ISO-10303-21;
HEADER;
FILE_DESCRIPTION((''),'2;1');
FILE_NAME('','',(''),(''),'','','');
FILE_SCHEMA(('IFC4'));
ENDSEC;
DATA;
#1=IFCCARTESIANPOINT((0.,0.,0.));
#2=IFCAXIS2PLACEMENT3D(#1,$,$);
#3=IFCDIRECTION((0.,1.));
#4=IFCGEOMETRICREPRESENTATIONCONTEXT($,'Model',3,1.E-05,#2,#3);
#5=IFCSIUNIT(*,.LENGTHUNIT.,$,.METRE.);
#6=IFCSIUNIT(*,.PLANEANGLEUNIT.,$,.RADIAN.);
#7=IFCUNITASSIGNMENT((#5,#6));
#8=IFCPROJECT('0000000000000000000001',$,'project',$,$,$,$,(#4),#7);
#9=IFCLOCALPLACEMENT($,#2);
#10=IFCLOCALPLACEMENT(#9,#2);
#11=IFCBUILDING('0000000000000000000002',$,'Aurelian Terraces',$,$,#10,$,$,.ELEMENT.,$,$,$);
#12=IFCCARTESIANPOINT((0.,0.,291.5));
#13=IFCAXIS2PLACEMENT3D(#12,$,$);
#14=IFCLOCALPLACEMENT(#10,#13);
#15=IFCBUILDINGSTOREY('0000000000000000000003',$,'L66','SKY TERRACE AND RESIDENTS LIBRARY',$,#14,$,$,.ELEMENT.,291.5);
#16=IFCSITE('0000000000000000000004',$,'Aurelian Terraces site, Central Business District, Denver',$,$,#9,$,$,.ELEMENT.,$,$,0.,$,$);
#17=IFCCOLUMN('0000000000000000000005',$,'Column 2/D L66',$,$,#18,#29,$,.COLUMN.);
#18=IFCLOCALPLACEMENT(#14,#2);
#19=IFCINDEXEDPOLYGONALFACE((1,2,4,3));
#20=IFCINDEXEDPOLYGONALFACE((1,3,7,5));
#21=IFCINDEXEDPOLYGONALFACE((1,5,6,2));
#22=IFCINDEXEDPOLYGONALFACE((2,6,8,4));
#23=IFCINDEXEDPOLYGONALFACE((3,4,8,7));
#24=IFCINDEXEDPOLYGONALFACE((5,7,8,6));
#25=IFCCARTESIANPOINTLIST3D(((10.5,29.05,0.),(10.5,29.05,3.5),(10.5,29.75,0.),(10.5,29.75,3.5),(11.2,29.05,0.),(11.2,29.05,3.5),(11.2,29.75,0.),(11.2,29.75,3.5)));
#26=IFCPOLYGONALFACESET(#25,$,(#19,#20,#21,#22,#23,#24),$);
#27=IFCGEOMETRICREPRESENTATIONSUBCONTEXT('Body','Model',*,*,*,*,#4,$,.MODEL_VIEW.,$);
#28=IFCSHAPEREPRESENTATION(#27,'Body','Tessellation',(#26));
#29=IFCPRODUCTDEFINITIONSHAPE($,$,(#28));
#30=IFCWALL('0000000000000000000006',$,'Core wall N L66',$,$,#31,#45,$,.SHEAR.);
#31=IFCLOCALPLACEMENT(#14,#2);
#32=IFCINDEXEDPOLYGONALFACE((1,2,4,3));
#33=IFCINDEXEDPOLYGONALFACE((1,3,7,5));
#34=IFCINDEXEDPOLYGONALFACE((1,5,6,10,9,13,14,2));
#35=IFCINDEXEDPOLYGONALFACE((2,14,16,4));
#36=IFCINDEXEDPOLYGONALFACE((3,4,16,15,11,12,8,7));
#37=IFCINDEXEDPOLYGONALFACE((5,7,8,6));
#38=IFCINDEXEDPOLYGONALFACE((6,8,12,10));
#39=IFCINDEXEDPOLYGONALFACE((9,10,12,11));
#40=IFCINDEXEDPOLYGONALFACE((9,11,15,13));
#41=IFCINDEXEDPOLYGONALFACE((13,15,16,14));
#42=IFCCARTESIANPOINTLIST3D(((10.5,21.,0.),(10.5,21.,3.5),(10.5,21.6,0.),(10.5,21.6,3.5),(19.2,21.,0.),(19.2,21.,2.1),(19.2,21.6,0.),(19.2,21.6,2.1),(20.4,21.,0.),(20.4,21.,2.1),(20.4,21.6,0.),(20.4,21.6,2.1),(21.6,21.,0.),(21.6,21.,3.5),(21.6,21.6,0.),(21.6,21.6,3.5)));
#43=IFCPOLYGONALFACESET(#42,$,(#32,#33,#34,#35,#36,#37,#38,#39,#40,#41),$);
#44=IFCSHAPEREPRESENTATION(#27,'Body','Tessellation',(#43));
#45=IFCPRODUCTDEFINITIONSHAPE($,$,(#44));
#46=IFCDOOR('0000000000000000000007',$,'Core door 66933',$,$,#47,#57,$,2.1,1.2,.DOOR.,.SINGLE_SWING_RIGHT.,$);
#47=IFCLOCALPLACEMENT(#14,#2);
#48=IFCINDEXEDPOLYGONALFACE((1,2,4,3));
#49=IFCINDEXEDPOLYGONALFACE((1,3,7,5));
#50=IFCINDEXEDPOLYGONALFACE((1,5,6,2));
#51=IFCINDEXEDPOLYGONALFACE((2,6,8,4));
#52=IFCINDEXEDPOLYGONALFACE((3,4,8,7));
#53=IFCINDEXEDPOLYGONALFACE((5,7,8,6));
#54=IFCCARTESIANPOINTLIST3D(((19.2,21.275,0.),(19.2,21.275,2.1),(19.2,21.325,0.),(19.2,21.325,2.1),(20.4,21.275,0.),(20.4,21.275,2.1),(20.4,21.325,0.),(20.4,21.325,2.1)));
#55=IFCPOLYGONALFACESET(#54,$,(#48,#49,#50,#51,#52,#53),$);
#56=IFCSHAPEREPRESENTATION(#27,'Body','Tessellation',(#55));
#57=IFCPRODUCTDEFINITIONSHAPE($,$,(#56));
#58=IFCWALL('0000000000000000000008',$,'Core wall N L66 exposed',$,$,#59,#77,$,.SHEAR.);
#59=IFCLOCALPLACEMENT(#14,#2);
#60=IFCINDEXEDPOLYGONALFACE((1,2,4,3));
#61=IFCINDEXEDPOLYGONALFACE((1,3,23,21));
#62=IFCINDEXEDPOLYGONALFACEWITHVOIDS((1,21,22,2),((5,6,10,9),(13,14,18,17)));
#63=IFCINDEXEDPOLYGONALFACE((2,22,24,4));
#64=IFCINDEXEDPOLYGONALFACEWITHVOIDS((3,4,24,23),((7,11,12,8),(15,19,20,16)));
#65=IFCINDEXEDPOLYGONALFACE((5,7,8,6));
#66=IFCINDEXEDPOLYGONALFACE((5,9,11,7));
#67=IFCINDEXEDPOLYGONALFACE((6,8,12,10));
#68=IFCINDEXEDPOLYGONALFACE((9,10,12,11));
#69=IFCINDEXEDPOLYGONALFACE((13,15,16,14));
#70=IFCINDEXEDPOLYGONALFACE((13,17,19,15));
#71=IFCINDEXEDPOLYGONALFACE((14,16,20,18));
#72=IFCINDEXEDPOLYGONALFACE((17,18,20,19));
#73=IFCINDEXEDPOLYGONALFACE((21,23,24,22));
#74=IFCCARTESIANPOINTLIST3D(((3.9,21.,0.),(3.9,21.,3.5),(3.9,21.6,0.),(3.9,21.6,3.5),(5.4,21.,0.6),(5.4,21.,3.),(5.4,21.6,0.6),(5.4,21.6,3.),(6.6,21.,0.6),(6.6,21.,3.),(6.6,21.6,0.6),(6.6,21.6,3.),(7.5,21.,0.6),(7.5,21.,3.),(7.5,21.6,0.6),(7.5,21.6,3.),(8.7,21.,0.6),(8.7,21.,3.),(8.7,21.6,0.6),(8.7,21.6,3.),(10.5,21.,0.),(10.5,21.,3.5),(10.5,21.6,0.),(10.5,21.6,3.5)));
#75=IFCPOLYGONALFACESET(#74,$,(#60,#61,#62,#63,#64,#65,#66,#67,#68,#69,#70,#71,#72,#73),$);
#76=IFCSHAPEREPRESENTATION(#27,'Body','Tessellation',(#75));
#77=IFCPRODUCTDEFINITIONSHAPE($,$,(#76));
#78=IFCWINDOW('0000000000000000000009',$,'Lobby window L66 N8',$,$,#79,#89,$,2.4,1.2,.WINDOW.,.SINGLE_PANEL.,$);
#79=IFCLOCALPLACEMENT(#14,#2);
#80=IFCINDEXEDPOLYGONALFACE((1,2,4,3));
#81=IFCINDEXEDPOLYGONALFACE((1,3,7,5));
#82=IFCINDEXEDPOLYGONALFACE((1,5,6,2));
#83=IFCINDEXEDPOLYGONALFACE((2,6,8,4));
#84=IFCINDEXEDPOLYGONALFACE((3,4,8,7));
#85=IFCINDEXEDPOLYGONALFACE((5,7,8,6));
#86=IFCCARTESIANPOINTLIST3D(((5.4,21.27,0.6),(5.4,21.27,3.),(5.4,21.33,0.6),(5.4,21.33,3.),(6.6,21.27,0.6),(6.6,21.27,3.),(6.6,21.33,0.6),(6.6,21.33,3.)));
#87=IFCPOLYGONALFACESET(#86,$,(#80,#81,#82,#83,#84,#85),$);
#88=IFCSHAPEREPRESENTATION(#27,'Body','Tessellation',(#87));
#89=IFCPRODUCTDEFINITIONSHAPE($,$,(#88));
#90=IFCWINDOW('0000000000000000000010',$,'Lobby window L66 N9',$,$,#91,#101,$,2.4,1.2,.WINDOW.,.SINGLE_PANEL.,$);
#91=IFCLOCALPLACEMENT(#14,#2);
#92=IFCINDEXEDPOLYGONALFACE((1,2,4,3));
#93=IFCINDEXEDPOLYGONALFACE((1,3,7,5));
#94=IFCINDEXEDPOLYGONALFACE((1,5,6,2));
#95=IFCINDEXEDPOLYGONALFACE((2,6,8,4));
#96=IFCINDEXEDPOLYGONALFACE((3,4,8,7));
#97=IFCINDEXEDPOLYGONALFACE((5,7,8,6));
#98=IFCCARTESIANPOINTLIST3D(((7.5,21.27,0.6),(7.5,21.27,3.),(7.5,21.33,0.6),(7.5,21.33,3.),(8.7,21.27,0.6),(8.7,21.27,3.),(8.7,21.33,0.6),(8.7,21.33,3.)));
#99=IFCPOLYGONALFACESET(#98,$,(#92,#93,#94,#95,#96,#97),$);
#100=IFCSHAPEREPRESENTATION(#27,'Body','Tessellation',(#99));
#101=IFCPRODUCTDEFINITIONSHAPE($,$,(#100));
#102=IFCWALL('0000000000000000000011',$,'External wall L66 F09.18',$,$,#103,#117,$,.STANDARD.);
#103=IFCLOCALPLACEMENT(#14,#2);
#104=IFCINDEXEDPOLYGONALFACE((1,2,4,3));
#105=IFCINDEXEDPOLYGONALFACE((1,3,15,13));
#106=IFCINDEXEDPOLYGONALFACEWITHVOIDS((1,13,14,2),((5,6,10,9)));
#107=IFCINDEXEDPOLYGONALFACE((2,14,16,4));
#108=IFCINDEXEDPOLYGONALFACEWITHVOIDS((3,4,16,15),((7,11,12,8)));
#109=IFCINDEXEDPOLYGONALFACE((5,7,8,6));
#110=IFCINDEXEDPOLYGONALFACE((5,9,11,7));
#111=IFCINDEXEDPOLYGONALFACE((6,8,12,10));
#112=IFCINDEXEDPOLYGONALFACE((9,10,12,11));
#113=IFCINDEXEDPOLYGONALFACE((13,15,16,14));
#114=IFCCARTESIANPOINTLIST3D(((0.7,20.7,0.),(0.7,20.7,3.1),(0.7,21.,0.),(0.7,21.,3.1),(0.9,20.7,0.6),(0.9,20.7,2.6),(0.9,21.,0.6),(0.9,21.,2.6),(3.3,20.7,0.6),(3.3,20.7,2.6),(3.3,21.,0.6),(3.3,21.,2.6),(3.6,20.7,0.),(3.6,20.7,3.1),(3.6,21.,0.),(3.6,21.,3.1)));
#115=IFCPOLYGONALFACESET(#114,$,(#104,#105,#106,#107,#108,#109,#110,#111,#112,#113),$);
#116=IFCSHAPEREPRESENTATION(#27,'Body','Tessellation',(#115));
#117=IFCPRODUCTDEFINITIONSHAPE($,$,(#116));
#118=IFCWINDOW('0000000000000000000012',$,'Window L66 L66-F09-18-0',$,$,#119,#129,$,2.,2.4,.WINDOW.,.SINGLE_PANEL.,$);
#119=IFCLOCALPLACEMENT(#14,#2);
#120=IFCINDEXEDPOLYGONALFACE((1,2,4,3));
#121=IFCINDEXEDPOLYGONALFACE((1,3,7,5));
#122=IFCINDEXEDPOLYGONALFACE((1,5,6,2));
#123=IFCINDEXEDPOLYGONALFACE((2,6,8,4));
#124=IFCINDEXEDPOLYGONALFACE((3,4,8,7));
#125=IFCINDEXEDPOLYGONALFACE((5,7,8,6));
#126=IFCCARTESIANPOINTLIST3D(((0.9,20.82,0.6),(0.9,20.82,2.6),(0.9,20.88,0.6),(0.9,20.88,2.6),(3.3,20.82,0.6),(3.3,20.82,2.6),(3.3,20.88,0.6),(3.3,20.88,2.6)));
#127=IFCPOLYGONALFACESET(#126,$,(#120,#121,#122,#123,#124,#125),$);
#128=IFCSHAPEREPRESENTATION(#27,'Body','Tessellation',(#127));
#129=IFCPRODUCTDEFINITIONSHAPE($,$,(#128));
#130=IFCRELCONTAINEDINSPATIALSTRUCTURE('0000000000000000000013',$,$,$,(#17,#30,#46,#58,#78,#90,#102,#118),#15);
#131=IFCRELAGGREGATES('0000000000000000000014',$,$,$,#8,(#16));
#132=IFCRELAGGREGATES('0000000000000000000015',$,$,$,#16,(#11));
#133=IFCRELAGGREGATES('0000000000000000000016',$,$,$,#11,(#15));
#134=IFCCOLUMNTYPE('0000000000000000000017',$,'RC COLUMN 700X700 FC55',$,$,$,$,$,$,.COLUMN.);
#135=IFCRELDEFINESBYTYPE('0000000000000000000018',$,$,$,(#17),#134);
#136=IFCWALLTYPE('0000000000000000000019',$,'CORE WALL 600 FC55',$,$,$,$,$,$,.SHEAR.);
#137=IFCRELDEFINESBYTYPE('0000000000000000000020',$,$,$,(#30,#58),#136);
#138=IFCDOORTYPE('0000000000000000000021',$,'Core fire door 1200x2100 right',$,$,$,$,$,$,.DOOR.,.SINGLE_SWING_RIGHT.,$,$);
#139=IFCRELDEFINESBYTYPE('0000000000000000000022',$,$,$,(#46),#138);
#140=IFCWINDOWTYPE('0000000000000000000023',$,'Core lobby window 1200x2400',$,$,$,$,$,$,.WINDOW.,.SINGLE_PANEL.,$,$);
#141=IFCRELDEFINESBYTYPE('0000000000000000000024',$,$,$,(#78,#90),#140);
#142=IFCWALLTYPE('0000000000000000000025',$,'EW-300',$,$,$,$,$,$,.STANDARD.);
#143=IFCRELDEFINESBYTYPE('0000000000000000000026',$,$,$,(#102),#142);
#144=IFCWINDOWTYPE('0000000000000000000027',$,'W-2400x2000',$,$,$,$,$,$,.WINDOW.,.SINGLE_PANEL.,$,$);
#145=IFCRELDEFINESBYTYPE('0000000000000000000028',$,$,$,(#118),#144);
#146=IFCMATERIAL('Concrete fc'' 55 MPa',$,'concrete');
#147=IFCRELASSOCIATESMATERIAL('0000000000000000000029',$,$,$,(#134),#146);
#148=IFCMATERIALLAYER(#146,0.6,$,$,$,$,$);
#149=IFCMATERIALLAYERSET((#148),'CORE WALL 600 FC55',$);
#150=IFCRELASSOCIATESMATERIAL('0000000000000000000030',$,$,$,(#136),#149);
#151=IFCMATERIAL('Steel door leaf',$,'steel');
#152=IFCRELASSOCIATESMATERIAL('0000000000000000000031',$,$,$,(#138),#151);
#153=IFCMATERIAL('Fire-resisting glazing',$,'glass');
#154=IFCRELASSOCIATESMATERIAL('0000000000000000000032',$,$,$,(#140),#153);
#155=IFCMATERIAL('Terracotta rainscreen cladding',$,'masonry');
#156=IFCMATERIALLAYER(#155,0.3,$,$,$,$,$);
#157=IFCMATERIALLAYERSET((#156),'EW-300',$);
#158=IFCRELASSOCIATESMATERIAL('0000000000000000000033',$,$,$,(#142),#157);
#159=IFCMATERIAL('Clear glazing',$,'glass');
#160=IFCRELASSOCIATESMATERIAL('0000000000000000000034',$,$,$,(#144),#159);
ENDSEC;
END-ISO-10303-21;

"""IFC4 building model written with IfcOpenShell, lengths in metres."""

from ifc_helpers import new_model, si_unit, direction, frame, frame_2d, origin, origin_2d, place, context, subcontext, project, spatial, rectangle, extrude, source, transform, mapped, material, layer, layer_set, material_profile, profile_set, type_object, element, fill, save


model = new_model("IFC4")

# Units and contexts
model_context = context("Model", 3, precision=1e-05, world=origin(), true_north=direction((0.0, 1.0)))
body_context = subcontext(model_context, "Body", "Model", "MODEL_VIEW")
ifc_project = project(units=[si_unit("LENGTHUNIT", "METRE"), si_unit("PLANEANGLEUNIT", "RADIAN")], contexts=[model_context])

# Site, building, storey
site_placement = place(None, origin())
site = spatial("IfcSite", under=ifc_project, at=site_placement, Name="Aurelian Terraces site, Central Business District, Denver", CompositionType="ELEMENT", RefElevation=0.0)
building_placement = place(site_placement, origin())
building = spatial("IfcBuilding", under=site, at=building_placement, Name="Aurelian Terraces", CompositionType="ELEMENT")
storey_placement = place(building_placement, frame((0.0, 0.0, 291.5)))
storey = spatial("IfcBuildingStorey", under=building, at=storey_placement, Name="L66", Description="SKY TERRACE AND RESIDENTS LIBRARY", CompositionType="ELEMENT", Elevation=291.5)

# Column
ifc_material_1 = material(Name="Concrete fc' 55 MPa", Category="concrete")
ifc_material_profile = material_profile(ifc_material_1, rectangle(XDim=0.7, YDim=0.7, at=origin_2d()))
ifc_profile_set = profile_set([ifc_material_profile], Name="Concrete fc' 55 MPa")
column_type = type_object("IfcColumnType", Name="RC COLUMN 700X700 FC55", PredefinedType="COLUMN", material=ifc_profile_set)
shared_shape_1 = source(origin(), body_context, "Body", "SweptSolid", [
    extrude(rectangle(XDim=0.7, YDim=0.7, at=origin_2d()), origin(), (0.0, 0.0, 1.0), 3.5),
])
column_placement = place(storey_placement, frame((10.85, 29.4, 0.0), z_axis=(0.0, 0.0, 1.0), x_axis=(1.0, 0.0, 0.0)))
element("IfcColumn", 1, at=column_placement, inside=storey, type_object=column_type, Name="Column 2/D L66", PredefinedType="COLUMN", context=body_context, shape_type="MappedRepresentation", body=[
    mapped(shared_shape_1, transform((0.0, 0.0, 0.0), scale=1.0)),
])

# Wall, opening, door
ifc_layer_1 = layer(ifc_material_1, 0.6)
ifc_layer_set_1 = layer_set([ifc_layer_1], Name="CORE WALL 600 FC55")
wall_type_1 = type_object("IfcWallType", Name="CORE WALL 600 FC55", PredefinedType="SHEAR", material=ifc_layer_set_1)
shared_shape_2 = source(origin(), body_context, "Body", "SweptSolid", [
    extrude(rectangle(XDim=11.1, YDim=0.6, at=frame_2d((5.55, 0.0))), origin(), (0.0, 0.0, 1.0), 3.5),
])
wall_1_placement = place(storey_placement, frame((10.5, 21.3, 0.0), z_axis=(0.0, 0.0, 1.0), x_axis=(1.0, 0.0, 0.0)))
wall_1 = element("IfcWall", 2, at=wall_1_placement, inside=storey, type_object=wall_type_1, Name="Core wall N L66", PredefinedType="SHEAR", context=body_context, shape_type="MappedRepresentation", body=[
    mapped(shared_shape_2, transform((0.0, 0.0, 0.0), scale=1.0)),
])
shared_shape_3 = source(origin(), body_context, "Body", "SweptSolid", [
    extrude(rectangle(XDim=1.2, YDim=2.1, at=frame_2d((0.6, 1.05))), frame((0.0, 0.31, 0.0), z_axis=(0.0, -1.0, 0.0), x_axis=(1.0, 0.0, 0.0)), (0.0, 0.0, 1.0), 0.62),
])
opening_1_placement = place(wall_1_placement, frame((8.7, 0.0, 0.0)))
opening_1 = element("IfcOpeningElement", 3, at=opening_1_placement, cuts=wall_1, PredefinedType="OPENING", context=body_context, shape_type="MappedRepresentation", body=[
    mapped(shared_shape_3, transform((0.0, 0.0, 0.0), scale=1.0)),
])
ifc_material_2 = material(Name="Steel door leaf", Category="steel")
door_type = type_object("IfcDoorType", Name="Core fire door 1200x2100 right", OperationType="SINGLE_SWING_RIGHT", PredefinedType="DOOR", material=ifc_material_2)
shared_shape_4 = source(origin(), body_context, "Body", "SweptSolid", [
    extrude(rectangle(XDim=1.2, YDim=2.1, at=frame_2d((0.6, 1.05))), frame((0.0, 0.025, 0.0), z_axis=(0.0, -1.0, 0.0), x_axis=(1.0, 0.0, 0.0)), (0.0, 0.0, 1.0), 0.05),
])
door_placement = place(opening_1_placement, origin())
door = element("IfcDoor", 4, at=door_placement, inside=storey, type_object=door_type, Name="Core door 66933", OperationType="SINGLE_SWING_RIGHT", OverallHeight=2.1, OverallWidth=1.2, PredefinedType="DOOR", context=body_context, shape_type="MappedRepresentation", body=[
    mapped(shared_shape_4, transform((0.0, 0.0, 0.0), scale=1.0)),
])
fill(opening_1, door)

# Wall, openings, windows
shared_shape_5 = source(origin(), body_context, "Body", "SweptSolid", [
    extrude(rectangle(XDim=6.6, YDim=0.6, at=frame_2d((3.3, 0.0))), origin(), (0.0, 0.0, 1.0), 3.5),
])
wall_2_placement = place(storey_placement, frame((3.9, 21.3, 0.0), z_axis=(0.0, 0.0, 1.0), x_axis=(1.0, 0.0, 0.0)))
wall_2 = element("IfcWall", 5, at=wall_2_placement, inside=storey, type_object=wall_type_1, Name="Core wall N L66 exposed", PredefinedType="SHEAR", context=body_context, shape_type="MappedRepresentation", body=[
    mapped(shared_shape_5, transform((0.0, 0.0, 0.0), scale=1.0)),
])
shared_shape_6 = source(origin(), body_context, "Body", "SweptSolid", [
    extrude(rectangle(XDim=1.2, YDim=2.4, at=frame_2d((0.6, 1.2))), frame((0.0, 0.31, 0.0), z_axis=(0.0, -1.0, 0.0), x_axis=(1.0, 0.0, 0.0)), (0.0, 0.0, 1.0), 0.62),
])
opening_2_placement = place(wall_2_placement, frame((1.5, 0.0, 0.6)))
opening_2 = element("IfcOpeningElement", 6, at=opening_2_placement, cuts=wall_2, PredefinedType="OPENING", context=body_context, shape_type="MappedRepresentation", body=[
    mapped(shared_shape_6, transform((0.0, 0.0, 0.0), scale=1.0)),
])
opening_3_placement = place(wall_2_placement, frame((3.6, 0.0, 0.6)))
opening_3 = element("IfcOpeningElement", 7, at=opening_3_placement, cuts=wall_2, PredefinedType="OPENING", context=body_context, shape_type="MappedRepresentation", body=[
    mapped(shared_shape_6, transform((0.0, 0.0, 0.0), scale=1.0)),
])
ifc_material_3 = material(Name="Fire-resisting glazing", Category="glass")
window_type_1 = type_object("IfcWindowType", Name="Core lobby window 1200x2400", PartitioningType="SINGLE_PANEL", PredefinedType="WINDOW", material=ifc_material_3)
shared_shape_7 = source(origin(), body_context, "Body", "SweptSolid", [
    extrude(rectangle(XDim=1.2, YDim=2.4, at=frame_2d((0.6, 1.2))), frame((0.0, 0.03, 0.0), z_axis=(0.0, -1.0, 0.0), x_axis=(1.0, 0.0, 0.0)), (0.0, 0.0, 1.0), 0.06),
])
window_1_placement = place(opening_2_placement, origin())
window_1 = element("IfcWindow", 8, at=window_1_placement, inside=storey, type_object=window_type_1, Name="Lobby window L66 N8", OverallHeight=2.4, OverallWidth=1.2, PartitioningType="SINGLE_PANEL", PredefinedType="WINDOW", context=body_context, shape_type="MappedRepresentation", body=[
    mapped(shared_shape_7, transform((0.0, 0.0, 0.0), scale=1.0)),
])
fill(opening_2, window_1)
window_2_placement = place(opening_3_placement, origin())
window_2 = element("IfcWindow", 9, at=window_2_placement, inside=storey, type_object=window_type_1, Name="Lobby window L66 N9", OverallHeight=2.4, OverallWidth=1.2, PartitioningType="SINGLE_PANEL", PredefinedType="WINDOW", context=body_context, shape_type="MappedRepresentation", body=[
    mapped(shared_shape_7, transform((0.0, 0.0, 0.0), scale=1.0)),
])
fill(opening_3, window_2)

# Wall, opening, window
ifc_material_4 = material(Name="Terracotta rainscreen cladding", Category="masonry")
ifc_layer_2 = layer(ifc_material_4, 0.3)
ifc_layer_set_2 = layer_set([ifc_layer_2], Name="EW-300")
wall_type_2 = type_object("IfcWallType", Name="EW-300", PredefinedType="STANDARD", material=ifc_layer_set_2)
shared_shape_8 = source(origin(), body_context, "Body", "SweptSolid", [
    extrude(rectangle(XDim=2.9, YDim=0.3, at=frame_2d((1.45, 0.0))), origin(), (0.0, 0.0, 1.0), 3.1),
])
wall_3_placement = place(storey_placement, frame((3.6, 20.85, 0.0), z_axis=(0.0, 0.0, 1.0), x_axis=(-1.0, 0.0, 0.0)))
wall_3 = element("IfcWall", 10, at=wall_3_placement, inside=storey, type_object=wall_type_2, Name="External wall L66 F09.18", PredefinedType="STANDARD", context=body_context, shape_type="MappedRepresentation", body=[
    mapped(shared_shape_8, transform((0.0, 0.0, 0.0), scale=1.0)),
])
shared_shape_9 = source(origin(), body_context, "Body", "SweptSolid", [
    extrude(rectangle(XDim=2.4, YDim=2.0, at=frame_2d((1.2, 1.0))), frame((0.0, 0.16, 0.0), z_axis=(0.0, -1.0, 0.0), x_axis=(1.0, 0.0, 0.0)), (0.0, 0.0, 1.0), 0.32),
])
opening_4_placement = place(wall_3_placement, frame((0.3, 0.0, 0.6)))
opening_4 = element("IfcOpeningElement", 11, at=opening_4_placement, cuts=wall_3, PredefinedType="OPENING", context=body_context, shape_type="MappedRepresentation", body=[
    mapped(shared_shape_9, transform((0.0, 0.0, 0.0), scale=1.0)),
])
ifc_material_5 = material(Name="Clear glazing", Category="glass")
window_type_2 = type_object("IfcWindowType", Name="W-2400x2000", PartitioningType="SINGLE_PANEL", PredefinedType="WINDOW", material=ifc_material_5)
shared_shape_10 = source(origin(), body_context, "Body", "SweptSolid", [
    extrude(rectangle(XDim=2.4, YDim=2.0, at=frame_2d((1.2, 1.0))), frame((0.0, 0.03, 0.0), z_axis=(0.0, -1.0, 0.0), x_axis=(1.0, 0.0, 0.0)), (0.0, 0.0, 1.0), 0.06),
])
window_3_placement = place(opening_4_placement, origin())
window_3 = element("IfcWindow", 12, at=window_3_placement, inside=storey, type_object=window_type_2, Name="Window L66 L66-F09-18-0", OverallHeight=2.0, OverallWidth=2.4, PartitioningType="SINGLE_PANEL", PredefinedType="WINDOW", context=body_context, shape_type="MappedRepresentation", body=[
    mapped(shared_shape_10, transform((0.0, 0.0, 0.0), scale=1.0)),
])
fill(opening_4, window_3)

save(model, "model.ifc")
